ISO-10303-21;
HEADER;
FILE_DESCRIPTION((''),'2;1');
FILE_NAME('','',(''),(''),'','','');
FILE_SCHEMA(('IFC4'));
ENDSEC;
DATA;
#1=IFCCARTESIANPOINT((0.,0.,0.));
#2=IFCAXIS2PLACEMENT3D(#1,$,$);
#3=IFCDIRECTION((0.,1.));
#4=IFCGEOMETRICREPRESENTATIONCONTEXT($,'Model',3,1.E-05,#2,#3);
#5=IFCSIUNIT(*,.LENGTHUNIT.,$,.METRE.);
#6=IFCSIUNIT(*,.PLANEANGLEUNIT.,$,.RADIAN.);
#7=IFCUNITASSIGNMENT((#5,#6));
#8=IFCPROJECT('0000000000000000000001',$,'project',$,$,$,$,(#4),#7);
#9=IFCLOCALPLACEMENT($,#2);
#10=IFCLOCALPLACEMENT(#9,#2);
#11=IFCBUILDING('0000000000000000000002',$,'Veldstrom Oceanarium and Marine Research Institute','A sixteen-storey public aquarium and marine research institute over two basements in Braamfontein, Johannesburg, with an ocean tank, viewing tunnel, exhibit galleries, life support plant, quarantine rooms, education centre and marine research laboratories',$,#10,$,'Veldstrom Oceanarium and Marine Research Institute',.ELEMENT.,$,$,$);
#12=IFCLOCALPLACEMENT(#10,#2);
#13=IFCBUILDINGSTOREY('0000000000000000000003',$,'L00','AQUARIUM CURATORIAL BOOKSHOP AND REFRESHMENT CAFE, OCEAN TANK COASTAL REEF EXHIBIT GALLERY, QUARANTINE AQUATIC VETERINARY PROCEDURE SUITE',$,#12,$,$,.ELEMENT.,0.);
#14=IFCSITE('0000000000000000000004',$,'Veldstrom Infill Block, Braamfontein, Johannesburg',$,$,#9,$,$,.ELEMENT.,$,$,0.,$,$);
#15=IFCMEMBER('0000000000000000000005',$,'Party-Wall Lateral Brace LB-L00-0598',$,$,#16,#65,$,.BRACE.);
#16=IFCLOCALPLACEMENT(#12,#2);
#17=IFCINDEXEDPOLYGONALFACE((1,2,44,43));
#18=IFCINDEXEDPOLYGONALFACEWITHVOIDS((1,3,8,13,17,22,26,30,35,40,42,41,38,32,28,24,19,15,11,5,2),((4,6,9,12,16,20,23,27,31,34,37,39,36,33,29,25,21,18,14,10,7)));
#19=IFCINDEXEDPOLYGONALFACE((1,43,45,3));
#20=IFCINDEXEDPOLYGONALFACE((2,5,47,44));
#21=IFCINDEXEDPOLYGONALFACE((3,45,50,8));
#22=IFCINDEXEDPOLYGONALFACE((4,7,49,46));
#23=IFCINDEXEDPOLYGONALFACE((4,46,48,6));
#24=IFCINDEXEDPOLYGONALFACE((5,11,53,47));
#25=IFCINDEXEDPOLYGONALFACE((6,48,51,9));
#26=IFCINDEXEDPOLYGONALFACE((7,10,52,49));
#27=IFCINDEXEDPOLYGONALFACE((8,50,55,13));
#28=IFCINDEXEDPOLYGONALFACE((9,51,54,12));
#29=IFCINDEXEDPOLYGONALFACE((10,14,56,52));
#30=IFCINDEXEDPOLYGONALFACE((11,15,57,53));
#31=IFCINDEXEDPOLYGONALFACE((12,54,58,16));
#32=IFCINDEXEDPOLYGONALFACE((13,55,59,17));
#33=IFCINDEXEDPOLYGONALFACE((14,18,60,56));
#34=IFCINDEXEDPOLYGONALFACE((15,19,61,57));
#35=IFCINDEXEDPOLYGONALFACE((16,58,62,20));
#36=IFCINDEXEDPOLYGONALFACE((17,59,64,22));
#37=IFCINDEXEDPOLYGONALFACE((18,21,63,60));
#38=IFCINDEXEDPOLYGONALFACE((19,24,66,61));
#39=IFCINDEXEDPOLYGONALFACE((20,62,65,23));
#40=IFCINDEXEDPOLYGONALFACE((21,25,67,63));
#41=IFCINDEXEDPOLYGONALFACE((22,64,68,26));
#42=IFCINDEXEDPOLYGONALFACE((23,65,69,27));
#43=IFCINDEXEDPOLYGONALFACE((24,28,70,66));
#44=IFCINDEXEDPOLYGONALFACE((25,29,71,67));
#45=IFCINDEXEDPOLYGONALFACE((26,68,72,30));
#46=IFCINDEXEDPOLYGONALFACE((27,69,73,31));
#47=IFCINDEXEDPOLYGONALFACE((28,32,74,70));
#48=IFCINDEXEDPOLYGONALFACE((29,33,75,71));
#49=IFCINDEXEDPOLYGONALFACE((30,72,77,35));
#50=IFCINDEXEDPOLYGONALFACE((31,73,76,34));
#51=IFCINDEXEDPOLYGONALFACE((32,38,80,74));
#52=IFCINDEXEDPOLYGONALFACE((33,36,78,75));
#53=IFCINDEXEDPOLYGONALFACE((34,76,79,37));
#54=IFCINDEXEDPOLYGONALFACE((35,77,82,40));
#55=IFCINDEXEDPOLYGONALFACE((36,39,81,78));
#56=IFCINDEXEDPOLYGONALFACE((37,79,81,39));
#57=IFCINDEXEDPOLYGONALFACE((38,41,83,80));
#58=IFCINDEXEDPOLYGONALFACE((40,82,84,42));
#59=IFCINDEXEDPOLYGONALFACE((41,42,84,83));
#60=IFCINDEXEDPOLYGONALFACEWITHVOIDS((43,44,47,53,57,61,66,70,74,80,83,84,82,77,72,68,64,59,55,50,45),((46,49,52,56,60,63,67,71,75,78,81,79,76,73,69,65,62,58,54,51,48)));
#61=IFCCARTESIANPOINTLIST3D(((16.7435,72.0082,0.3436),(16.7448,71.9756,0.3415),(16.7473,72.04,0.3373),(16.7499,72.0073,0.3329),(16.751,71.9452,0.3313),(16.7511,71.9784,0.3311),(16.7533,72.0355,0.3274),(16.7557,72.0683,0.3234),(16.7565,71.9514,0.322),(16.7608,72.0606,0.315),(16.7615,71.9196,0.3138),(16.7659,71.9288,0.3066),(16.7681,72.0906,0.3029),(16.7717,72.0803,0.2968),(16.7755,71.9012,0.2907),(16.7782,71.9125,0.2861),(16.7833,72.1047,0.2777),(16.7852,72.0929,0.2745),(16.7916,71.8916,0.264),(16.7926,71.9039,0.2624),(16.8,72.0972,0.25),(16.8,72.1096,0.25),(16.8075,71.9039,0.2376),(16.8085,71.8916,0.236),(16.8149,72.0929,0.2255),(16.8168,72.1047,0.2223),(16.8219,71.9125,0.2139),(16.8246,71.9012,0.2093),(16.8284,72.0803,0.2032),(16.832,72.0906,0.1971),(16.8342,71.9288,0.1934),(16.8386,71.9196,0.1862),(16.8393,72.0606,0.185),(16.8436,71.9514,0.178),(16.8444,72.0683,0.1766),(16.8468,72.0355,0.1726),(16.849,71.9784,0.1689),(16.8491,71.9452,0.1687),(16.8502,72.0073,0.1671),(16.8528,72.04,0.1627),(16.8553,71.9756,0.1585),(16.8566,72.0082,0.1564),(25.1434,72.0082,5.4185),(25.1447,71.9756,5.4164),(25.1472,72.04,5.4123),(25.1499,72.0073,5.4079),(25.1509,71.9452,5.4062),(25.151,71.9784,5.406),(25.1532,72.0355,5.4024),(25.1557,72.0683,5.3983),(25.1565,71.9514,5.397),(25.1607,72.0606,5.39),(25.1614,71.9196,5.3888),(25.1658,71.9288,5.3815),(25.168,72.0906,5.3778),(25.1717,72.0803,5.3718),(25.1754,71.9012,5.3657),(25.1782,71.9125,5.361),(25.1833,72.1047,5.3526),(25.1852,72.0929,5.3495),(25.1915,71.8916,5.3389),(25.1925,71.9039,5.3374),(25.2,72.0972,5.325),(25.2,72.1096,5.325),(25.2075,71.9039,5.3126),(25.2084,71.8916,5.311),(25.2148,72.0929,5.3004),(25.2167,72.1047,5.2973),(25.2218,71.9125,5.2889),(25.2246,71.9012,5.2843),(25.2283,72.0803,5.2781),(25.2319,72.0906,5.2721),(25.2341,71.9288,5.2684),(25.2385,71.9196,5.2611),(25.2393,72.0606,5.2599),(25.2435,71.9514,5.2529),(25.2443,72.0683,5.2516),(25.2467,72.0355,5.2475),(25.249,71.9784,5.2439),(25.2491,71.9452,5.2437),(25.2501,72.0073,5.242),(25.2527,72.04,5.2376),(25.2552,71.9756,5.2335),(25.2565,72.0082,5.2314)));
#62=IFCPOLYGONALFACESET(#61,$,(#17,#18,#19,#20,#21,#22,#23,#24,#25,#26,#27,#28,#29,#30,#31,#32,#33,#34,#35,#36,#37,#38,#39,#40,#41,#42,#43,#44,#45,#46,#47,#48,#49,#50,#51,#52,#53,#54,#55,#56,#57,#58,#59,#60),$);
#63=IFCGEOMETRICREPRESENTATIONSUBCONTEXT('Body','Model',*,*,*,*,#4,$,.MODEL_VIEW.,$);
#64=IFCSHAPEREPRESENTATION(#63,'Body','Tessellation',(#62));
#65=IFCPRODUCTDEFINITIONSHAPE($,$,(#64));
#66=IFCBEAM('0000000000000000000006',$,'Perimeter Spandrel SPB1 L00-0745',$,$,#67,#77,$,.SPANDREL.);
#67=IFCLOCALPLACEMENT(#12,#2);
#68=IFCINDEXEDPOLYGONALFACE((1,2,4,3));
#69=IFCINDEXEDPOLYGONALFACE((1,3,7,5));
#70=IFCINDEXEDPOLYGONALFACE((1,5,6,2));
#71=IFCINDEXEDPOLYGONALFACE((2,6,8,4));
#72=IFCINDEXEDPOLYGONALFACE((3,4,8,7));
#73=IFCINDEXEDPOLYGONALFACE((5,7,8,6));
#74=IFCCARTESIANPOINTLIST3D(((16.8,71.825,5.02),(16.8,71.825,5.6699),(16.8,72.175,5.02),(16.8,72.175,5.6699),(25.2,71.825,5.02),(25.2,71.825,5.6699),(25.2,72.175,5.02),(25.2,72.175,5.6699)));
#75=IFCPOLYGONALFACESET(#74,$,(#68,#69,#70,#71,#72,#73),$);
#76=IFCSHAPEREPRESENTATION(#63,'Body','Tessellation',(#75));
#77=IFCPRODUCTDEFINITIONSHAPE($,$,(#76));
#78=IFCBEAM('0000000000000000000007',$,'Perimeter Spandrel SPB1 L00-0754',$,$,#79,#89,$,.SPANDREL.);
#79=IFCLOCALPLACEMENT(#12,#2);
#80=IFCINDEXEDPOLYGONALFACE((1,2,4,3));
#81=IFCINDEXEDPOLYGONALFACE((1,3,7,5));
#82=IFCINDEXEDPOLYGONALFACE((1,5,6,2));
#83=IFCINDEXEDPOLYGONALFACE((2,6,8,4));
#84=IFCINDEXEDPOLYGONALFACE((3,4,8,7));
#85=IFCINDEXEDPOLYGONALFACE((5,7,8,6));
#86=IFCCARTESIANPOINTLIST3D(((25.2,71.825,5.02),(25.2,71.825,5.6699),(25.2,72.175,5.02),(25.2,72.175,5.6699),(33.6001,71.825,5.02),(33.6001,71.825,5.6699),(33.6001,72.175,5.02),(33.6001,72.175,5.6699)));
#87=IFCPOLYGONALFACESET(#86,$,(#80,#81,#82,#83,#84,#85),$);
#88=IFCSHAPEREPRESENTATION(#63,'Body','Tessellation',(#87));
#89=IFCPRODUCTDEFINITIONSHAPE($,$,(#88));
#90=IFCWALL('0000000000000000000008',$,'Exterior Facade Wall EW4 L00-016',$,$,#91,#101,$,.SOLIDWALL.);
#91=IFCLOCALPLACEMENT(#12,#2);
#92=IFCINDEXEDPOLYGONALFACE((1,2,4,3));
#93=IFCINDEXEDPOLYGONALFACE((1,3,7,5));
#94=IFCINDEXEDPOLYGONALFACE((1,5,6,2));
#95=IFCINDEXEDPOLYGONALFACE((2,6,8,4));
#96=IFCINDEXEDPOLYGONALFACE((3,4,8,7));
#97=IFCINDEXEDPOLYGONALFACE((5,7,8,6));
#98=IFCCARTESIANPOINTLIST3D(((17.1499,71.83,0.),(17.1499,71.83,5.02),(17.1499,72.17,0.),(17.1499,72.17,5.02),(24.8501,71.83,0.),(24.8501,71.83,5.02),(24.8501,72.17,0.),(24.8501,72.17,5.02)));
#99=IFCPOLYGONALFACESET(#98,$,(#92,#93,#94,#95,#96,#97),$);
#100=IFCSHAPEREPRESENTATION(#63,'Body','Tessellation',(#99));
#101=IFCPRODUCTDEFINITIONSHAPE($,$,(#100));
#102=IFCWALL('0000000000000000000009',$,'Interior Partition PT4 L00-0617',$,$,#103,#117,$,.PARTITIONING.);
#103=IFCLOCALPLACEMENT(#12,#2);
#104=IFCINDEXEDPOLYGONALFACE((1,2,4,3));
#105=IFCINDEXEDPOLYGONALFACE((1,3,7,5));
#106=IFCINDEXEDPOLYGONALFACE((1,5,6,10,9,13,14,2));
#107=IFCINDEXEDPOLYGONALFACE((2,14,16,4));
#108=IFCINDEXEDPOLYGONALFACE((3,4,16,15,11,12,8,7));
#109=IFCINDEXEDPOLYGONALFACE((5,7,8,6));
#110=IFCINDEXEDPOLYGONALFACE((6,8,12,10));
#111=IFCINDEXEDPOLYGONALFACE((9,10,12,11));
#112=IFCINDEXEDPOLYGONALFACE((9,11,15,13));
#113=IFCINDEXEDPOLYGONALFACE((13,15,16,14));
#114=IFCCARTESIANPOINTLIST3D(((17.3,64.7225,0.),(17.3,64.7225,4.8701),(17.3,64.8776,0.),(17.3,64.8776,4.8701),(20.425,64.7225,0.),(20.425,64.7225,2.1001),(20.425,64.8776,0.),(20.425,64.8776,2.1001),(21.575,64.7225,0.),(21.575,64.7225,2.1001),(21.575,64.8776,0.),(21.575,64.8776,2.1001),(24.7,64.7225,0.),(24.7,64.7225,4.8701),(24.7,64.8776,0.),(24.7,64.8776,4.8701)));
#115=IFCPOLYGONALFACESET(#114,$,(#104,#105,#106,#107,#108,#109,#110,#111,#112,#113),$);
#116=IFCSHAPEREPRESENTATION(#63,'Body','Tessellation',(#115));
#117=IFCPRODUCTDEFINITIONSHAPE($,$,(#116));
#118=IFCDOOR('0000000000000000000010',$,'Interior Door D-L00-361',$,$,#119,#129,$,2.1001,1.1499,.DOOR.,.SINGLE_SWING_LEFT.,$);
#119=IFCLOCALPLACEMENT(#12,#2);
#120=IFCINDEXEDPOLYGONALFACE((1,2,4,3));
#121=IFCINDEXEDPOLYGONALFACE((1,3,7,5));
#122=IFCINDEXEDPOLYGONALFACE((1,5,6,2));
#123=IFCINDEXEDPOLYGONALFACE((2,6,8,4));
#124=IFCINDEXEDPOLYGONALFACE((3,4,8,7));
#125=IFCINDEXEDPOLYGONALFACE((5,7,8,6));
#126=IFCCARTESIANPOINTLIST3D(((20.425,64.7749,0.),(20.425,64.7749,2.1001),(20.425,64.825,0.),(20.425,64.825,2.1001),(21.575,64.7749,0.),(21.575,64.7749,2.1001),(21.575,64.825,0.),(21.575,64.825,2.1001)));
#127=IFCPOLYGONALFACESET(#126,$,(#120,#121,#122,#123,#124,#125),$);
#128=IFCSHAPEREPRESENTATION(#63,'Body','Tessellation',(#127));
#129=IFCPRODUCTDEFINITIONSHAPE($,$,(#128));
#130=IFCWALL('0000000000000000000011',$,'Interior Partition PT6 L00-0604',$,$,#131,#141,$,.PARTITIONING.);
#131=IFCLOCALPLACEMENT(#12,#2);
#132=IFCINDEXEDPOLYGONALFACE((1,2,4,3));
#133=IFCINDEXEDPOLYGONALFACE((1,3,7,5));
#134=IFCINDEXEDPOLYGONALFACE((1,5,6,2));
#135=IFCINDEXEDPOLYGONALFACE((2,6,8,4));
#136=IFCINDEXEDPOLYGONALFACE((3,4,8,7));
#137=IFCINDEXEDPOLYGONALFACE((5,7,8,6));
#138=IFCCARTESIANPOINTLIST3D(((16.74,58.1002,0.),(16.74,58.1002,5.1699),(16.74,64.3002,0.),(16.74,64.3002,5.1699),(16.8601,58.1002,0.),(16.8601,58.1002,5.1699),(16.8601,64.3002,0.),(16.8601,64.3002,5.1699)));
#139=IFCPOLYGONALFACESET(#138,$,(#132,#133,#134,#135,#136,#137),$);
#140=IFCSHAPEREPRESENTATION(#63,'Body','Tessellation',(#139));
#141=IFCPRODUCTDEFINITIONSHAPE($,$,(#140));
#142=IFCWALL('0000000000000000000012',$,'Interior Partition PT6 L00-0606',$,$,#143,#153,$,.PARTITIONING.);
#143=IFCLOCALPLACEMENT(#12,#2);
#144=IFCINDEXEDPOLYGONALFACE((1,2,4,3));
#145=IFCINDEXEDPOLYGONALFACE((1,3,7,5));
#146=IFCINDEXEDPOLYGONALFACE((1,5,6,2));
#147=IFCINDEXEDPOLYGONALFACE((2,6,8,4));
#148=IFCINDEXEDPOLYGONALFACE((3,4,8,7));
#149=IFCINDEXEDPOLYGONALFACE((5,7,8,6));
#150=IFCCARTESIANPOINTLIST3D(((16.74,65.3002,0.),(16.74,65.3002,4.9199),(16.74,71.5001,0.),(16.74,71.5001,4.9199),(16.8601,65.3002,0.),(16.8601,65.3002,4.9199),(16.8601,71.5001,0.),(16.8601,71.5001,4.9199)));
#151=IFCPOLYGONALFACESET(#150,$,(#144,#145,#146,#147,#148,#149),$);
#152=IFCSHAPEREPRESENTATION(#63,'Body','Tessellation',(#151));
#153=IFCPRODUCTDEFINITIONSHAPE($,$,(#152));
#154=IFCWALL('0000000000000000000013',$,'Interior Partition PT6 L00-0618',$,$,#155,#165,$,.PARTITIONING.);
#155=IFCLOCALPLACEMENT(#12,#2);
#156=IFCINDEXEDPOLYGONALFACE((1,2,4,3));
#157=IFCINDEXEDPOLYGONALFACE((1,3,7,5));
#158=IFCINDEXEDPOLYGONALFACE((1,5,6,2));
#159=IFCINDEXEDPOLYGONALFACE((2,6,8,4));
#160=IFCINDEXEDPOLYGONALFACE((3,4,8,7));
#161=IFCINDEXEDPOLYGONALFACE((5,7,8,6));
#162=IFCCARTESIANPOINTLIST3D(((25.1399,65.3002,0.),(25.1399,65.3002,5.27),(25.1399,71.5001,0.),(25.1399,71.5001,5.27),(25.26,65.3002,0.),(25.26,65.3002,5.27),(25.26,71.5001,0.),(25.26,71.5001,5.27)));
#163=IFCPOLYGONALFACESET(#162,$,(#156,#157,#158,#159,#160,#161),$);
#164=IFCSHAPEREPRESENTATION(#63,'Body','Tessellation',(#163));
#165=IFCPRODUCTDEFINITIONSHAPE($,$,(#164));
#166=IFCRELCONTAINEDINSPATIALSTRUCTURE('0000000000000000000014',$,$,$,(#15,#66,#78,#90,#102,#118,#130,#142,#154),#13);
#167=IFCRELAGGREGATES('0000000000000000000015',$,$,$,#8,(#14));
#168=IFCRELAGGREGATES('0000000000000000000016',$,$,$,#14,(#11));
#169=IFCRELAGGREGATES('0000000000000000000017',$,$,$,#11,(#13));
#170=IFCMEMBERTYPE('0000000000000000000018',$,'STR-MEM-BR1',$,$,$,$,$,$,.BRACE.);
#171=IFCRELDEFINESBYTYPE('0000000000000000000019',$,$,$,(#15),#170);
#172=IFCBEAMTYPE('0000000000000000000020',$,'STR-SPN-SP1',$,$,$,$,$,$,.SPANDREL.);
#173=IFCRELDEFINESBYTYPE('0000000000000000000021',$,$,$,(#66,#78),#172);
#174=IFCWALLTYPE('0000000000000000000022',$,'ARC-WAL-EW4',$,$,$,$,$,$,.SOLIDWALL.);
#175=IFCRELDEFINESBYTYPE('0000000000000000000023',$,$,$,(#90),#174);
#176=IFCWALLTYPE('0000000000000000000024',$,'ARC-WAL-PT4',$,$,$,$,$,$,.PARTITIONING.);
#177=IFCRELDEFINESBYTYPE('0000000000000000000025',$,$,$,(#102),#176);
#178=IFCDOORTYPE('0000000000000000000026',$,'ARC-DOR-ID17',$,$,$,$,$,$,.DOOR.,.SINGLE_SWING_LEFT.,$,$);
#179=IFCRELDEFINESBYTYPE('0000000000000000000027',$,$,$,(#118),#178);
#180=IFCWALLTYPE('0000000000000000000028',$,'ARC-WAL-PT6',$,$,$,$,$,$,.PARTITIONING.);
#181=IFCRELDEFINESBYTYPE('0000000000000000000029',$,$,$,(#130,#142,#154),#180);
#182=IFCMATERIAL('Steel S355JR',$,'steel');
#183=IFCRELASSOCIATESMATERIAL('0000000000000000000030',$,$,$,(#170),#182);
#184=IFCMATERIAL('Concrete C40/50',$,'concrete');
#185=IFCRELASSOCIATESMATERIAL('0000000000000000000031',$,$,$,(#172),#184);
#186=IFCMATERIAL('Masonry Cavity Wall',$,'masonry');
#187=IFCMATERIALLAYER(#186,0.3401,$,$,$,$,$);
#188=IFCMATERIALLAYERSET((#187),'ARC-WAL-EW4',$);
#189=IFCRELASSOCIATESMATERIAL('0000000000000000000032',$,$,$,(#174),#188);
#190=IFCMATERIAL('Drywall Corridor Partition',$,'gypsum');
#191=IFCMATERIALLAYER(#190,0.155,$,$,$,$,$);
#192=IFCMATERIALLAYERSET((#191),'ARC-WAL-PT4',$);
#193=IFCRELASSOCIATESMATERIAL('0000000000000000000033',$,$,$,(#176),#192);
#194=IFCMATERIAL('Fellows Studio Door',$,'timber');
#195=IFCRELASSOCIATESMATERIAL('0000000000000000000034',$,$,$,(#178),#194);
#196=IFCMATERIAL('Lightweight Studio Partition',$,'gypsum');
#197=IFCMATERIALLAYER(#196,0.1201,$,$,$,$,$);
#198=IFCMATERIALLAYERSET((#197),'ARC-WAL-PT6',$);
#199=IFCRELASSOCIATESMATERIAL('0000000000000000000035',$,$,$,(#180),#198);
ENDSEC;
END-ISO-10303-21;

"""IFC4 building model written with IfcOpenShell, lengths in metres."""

from ifc_helpers import new_model, si_unit, direction, frame, frame_2d, origin, origin_2d, place, context, subcontext, project, spatial, rectangle, hollow_circle, extrude, material, layer, layer_set, material_profile, profile_set, type_object, element, fill, save


model = new_model("IFC4")

# Units and contexts
model_context = context("Model", 3, precision=1e-05, world=origin(), true_north=direction((0.0, 1.0)))
body_context = subcontext(model_context, "Body", "Model", "MODEL_VIEW")
ifc_project = project(units=[si_unit("LENGTHUNIT", "METRE"), si_unit("PLANEANGLEUNIT", "RADIAN")], contexts=[model_context])

# Site, building, storey
site_placement = place(None, origin())
site = spatial("IfcSite", under=ifc_project, at=site_placement, Name="Veldstrom Infill Block, Braamfontein, Johannesburg", CompositionType="ELEMENT", RefElevation=0.0)
building_placement = place(site_placement, origin())
building = spatial("IfcBuilding", under=site, at=building_placement, Name="Veldstrom Oceanarium and Marine Research Institute", Description="A sixteen-storey public aquarium and marine research institute over two basements in Braamfontein, Johannesburg, with an ocean tank, viewing tunnel, exhibit galleries, life support plant, quarantine rooms, education centre and marine research laboratories", LongName="Veldstrom Oceanarium and Marine Research Institute", CompositionType="ELEMENT")
storey_placement = place(building_placement, origin())
storey = spatial("IfcBuildingStorey", under=building, at=storey_placement, Name="L00", Description="AQUARIUM CURATORIAL BOOKSHOP AND REFRESHMENT CAFE, OCEAN TANK COASTAL REEF EXHIBIT GALLERY, QUARANTINE AQUATIC VETERINARY PROCEDURE SUITE", CompositionType="ELEMENT", Elevation=0.0)

# Member
ifc_material_1 = material(Name="Steel S355JR", Category="steel")
ifc_material_profile_1 = material_profile(ifc_material_1, hollow_circle(Radius=0.1096, WallThickness=0.0125, at=origin_2d()), Name="CHS 219.1x12.5")
ifc_profile_set_1 = profile_set([ifc_material_profile_1], Name="Steel S355JR")
member_type = type_object("IfcMemberType", Name="STR-MEM-BR1", PredefinedType="BRACE", material=ifc_profile_set_1)
member_placement = place(storey_placement, frame((16.8, 72.0, 0.25), z_axis=(0.855915, 0.0, 0.517116), x_axis=(0.0, 1.0, 0.0)))
element("IfcMember", 1, at=member_placement, inside=storey, type_object=member_type, Name="Party-Wall Lateral Brace LB-L00-0598", PredefinedType="BRACE", context=body_context, shape_type="SweptSolid", body=[
    extrude(hollow_circle(Radius=0.1096, WallThickness=0.0125, at=origin_2d()), origin(), (0.0, 0.0, 1.0), 9.814),
])

# Beams
ifc_material_2 = material(Name="Concrete C40/50", Category="concrete")
ifc_material_profile_2 = material_profile(ifc_material_2, rectangle(XDim=0.3501, YDim=0.6499, at=origin_2d()), Name="RC-SPN-350x650")
ifc_profile_set_2 = profile_set([ifc_material_profile_2], Name="Concrete C40/50")
beam_type_1 = type_object("IfcBeamType", Name="STR-SPN-SP1", PredefinedType="SPANDREL", material=ifc_profile_set_2)
beam_1_placement = place(storey_placement, frame((16.8, 72.0, 5.345), z_axis=(1.0, 0.0, 0.0), x_axis=(0.0, 1.0, 0.0)))
element("IfcBeam", 2, at=beam_1_placement, inside=storey, type_object=beam_type_1, Name="Perimeter Spandrel SPB1 L00-0745", PredefinedType="SPANDREL", context=body_context, shape_type="SweptSolid", body=[
    extrude(rectangle(XDim=0.3501, YDim=0.6499, at=origin_2d()), origin(), (0.0, 0.0, 1.0), 8.3999),
])
beam_2_placement = place(storey_placement, frame((25.2, 72.0, 5.345), z_axis=(1.0, 0.0, 0.0), x_axis=(0.0, 1.0, 0.0)))
element("IfcBeam", 3, at=beam_2_placement, inside=storey, type_object=beam_type_1, Name="Perimeter Spandrel SPB1 L00-0754", PredefinedType="SPANDREL", context=body_context, shape_type="SweptSolid", body=[
    extrude(rectangle(XDim=0.3501, YDim=0.6499, at=origin_2d()), origin(), (0.0, 0.0, 1.0), 8.4001),
])

# Wall
ifc_material_3 = material(Name="Masonry Cavity Wall", Category="masonry")
ifc_layer_1 = layer(ifc_material_3, 0.3401)
ifc_layer_set_1 = layer_set([ifc_layer_1], Name="ARC-WAL-EW4")
wall_type_1 = type_object("IfcWallType", Name="ARC-WAL-EW4", PredefinedType="SOLIDWALL", material=ifc_layer_set_1)
wall_1_placement = place(storey_placement, frame((17.1499, 72.0, 0.0), z_axis=(0.0, 0.0, 1.0), x_axis=(1.0, 0.0, 0.0)))
element("IfcWall", 4, at=wall_1_placement, inside=storey, type_object=wall_type_1, Name="Exterior Facade Wall EW4 L00-016", PredefinedType="SOLIDWALL", context=body_context, shape_type="SweptSolid", body=[
    extrude(rectangle(XDim=7.7002, YDim=0.3401, at=frame_2d((3.8501, 0.0))), origin(), (0.0, 0.0, 1.0), 5.02),
])

# Wall, opening, door
ifc_material_4 = material(Name="Drywall Corridor Partition", Category="gypsum")
ifc_layer_2 = layer(ifc_material_4, 0.155)
ifc_layer_set_2 = layer_set([ifc_layer_2], Name="ARC-WAL-PT4")
wall_type_2 = type_object("IfcWallType", Name="ARC-WAL-PT4", PredefinedType="PARTITIONING", material=ifc_layer_set_2)
wall_2_placement = place(storey_placement, frame((17.3, 64.8, 0.0), z_axis=(0.0, 0.0, 1.0), x_axis=(1.0, 0.0, 0.0)))
wall_2 = element("IfcWall", 5, at=wall_2_placement, inside=storey, type_object=wall_type_2, Name="Interior Partition PT4 L00-0617", PredefinedType="PARTITIONING", context=body_context, shape_type="SweptSolid", body=[
    extrude(rectangle(XDim=7.3999, YDim=0.155, at=frame_2d((3.7, 0.0))), origin(), (0.0, 0.0, 1.0), 4.8701),
])
opening_placement = place(wall_2_placement, frame((3.125, 0.0, 0.0)))
opening = element("IfcOpeningElement", 6, at=opening_placement, cuts=wall_2, PredefinedType="OPENING", context=body_context, shape_type="SweptSolid", body=[
    extrude(rectangle(XDim=1.1499, YDim=2.1001, at=frame_2d((0.575, 1.05))), frame((0.0, 0.0874, 0.0), z_axis=(0.0, -1.0, 0.0), x_axis=(1.0, 0.0, 0.0)), (0.0, 0.0, 1.0), 0.175),
])
ifc_material_5 = material(Name="Fellows Studio Door", Category="timber")
door_type = type_object("IfcDoorType", Name="ARC-DOR-ID17", OperationType="SINGLE_SWING_LEFT", PredefinedType="DOOR", material=ifc_material_5)
door_placement = place(opening_placement, origin())
door = element("IfcDoor", 7, at=door_placement, inside=storey, type_object=door_type, Name="Interior Door D-L00-361", OperationType="SINGLE_SWING_LEFT", OverallHeight=2.1001, OverallWidth=1.1499, PredefinedType="DOOR", context=body_context, shape_type="SweptSolid", body=[
    extrude(rectangle(XDim=1.1499, YDim=2.1001, at=frame_2d((0.575, 1.05))), frame((0.0, 0.0249, 0.0), z_axis=(0.0, -1.0, 0.0), x_axis=(1.0, 0.0, 0.0)), (0.0, 0.0, 1.0), 0.05),
])
fill(opening, door)

# Walls
ifc_material_6 = material(Name="Lightweight Studio Partition", Category="gypsum")
ifc_layer_3 = layer(ifc_material_6, 0.1201)
ifc_layer_set_3 = layer_set([ifc_layer_3], Name="ARC-WAL-PT6")
wall_type_3 = type_object("IfcWallType", Name="ARC-WAL-PT6", PredefinedType="PARTITIONING", material=ifc_layer_set_3)
wall_3_placement = place(storey_placement, frame((16.8, 58.1001, 0.0), z_axis=(0.0, 0.0, 1.0), x_axis=(0.0, 1.0, 0.0)))
element("IfcWall", 8, at=wall_3_placement, inside=storey, type_object=wall_type_3, Name="Interior Partition PT6 L00-0604", PredefinedType="PARTITIONING", context=body_context, shape_type="SweptSolid", body=[
    extrude(rectangle(XDim=6.2, YDim=0.1201, at=frame_2d((3.1001, 0.0))), origin(), (0.0, 0.0, 1.0), 5.1699),
])
wall_4_placement = place(storey_placement, frame((16.8, 65.3, 0.0), z_axis=(0.0, 0.0, 1.0), x_axis=(0.0, 1.0, 0.0)))
element("IfcWall", 9, at=wall_4_placement, inside=storey, type_object=wall_type_3, Name="Interior Partition PT6 L00-0606", PredefinedType="PARTITIONING", context=body_context, shape_type="SweptSolid", body=[
    extrude(rectangle(XDim=6.2, YDim=0.1201, at=frame_2d((3.1001, 0.0))), origin(), (0.0, 0.0, 1.0), 4.9199),
])
wall_5_placement = place(storey_placement, frame((25.2, 65.3, 0.0), z_axis=(0.0, 0.0, 1.0), x_axis=(0.0, 1.0, 0.0)))
element("IfcWall", 10, at=wall_5_placement, inside=storey, type_object=wall_type_3, Name="Interior Partition PT6 L00-0618", PredefinedType="PARTITIONING", context=body_context, shape_type="SweptSolid", body=[
    extrude(rectangle(XDim=6.2, YDim=0.1201, at=frame_2d((3.1001, 0.0))), origin(), (0.0, 0.0, 1.0), 5.27),
])

save(model, "model.ifc")
